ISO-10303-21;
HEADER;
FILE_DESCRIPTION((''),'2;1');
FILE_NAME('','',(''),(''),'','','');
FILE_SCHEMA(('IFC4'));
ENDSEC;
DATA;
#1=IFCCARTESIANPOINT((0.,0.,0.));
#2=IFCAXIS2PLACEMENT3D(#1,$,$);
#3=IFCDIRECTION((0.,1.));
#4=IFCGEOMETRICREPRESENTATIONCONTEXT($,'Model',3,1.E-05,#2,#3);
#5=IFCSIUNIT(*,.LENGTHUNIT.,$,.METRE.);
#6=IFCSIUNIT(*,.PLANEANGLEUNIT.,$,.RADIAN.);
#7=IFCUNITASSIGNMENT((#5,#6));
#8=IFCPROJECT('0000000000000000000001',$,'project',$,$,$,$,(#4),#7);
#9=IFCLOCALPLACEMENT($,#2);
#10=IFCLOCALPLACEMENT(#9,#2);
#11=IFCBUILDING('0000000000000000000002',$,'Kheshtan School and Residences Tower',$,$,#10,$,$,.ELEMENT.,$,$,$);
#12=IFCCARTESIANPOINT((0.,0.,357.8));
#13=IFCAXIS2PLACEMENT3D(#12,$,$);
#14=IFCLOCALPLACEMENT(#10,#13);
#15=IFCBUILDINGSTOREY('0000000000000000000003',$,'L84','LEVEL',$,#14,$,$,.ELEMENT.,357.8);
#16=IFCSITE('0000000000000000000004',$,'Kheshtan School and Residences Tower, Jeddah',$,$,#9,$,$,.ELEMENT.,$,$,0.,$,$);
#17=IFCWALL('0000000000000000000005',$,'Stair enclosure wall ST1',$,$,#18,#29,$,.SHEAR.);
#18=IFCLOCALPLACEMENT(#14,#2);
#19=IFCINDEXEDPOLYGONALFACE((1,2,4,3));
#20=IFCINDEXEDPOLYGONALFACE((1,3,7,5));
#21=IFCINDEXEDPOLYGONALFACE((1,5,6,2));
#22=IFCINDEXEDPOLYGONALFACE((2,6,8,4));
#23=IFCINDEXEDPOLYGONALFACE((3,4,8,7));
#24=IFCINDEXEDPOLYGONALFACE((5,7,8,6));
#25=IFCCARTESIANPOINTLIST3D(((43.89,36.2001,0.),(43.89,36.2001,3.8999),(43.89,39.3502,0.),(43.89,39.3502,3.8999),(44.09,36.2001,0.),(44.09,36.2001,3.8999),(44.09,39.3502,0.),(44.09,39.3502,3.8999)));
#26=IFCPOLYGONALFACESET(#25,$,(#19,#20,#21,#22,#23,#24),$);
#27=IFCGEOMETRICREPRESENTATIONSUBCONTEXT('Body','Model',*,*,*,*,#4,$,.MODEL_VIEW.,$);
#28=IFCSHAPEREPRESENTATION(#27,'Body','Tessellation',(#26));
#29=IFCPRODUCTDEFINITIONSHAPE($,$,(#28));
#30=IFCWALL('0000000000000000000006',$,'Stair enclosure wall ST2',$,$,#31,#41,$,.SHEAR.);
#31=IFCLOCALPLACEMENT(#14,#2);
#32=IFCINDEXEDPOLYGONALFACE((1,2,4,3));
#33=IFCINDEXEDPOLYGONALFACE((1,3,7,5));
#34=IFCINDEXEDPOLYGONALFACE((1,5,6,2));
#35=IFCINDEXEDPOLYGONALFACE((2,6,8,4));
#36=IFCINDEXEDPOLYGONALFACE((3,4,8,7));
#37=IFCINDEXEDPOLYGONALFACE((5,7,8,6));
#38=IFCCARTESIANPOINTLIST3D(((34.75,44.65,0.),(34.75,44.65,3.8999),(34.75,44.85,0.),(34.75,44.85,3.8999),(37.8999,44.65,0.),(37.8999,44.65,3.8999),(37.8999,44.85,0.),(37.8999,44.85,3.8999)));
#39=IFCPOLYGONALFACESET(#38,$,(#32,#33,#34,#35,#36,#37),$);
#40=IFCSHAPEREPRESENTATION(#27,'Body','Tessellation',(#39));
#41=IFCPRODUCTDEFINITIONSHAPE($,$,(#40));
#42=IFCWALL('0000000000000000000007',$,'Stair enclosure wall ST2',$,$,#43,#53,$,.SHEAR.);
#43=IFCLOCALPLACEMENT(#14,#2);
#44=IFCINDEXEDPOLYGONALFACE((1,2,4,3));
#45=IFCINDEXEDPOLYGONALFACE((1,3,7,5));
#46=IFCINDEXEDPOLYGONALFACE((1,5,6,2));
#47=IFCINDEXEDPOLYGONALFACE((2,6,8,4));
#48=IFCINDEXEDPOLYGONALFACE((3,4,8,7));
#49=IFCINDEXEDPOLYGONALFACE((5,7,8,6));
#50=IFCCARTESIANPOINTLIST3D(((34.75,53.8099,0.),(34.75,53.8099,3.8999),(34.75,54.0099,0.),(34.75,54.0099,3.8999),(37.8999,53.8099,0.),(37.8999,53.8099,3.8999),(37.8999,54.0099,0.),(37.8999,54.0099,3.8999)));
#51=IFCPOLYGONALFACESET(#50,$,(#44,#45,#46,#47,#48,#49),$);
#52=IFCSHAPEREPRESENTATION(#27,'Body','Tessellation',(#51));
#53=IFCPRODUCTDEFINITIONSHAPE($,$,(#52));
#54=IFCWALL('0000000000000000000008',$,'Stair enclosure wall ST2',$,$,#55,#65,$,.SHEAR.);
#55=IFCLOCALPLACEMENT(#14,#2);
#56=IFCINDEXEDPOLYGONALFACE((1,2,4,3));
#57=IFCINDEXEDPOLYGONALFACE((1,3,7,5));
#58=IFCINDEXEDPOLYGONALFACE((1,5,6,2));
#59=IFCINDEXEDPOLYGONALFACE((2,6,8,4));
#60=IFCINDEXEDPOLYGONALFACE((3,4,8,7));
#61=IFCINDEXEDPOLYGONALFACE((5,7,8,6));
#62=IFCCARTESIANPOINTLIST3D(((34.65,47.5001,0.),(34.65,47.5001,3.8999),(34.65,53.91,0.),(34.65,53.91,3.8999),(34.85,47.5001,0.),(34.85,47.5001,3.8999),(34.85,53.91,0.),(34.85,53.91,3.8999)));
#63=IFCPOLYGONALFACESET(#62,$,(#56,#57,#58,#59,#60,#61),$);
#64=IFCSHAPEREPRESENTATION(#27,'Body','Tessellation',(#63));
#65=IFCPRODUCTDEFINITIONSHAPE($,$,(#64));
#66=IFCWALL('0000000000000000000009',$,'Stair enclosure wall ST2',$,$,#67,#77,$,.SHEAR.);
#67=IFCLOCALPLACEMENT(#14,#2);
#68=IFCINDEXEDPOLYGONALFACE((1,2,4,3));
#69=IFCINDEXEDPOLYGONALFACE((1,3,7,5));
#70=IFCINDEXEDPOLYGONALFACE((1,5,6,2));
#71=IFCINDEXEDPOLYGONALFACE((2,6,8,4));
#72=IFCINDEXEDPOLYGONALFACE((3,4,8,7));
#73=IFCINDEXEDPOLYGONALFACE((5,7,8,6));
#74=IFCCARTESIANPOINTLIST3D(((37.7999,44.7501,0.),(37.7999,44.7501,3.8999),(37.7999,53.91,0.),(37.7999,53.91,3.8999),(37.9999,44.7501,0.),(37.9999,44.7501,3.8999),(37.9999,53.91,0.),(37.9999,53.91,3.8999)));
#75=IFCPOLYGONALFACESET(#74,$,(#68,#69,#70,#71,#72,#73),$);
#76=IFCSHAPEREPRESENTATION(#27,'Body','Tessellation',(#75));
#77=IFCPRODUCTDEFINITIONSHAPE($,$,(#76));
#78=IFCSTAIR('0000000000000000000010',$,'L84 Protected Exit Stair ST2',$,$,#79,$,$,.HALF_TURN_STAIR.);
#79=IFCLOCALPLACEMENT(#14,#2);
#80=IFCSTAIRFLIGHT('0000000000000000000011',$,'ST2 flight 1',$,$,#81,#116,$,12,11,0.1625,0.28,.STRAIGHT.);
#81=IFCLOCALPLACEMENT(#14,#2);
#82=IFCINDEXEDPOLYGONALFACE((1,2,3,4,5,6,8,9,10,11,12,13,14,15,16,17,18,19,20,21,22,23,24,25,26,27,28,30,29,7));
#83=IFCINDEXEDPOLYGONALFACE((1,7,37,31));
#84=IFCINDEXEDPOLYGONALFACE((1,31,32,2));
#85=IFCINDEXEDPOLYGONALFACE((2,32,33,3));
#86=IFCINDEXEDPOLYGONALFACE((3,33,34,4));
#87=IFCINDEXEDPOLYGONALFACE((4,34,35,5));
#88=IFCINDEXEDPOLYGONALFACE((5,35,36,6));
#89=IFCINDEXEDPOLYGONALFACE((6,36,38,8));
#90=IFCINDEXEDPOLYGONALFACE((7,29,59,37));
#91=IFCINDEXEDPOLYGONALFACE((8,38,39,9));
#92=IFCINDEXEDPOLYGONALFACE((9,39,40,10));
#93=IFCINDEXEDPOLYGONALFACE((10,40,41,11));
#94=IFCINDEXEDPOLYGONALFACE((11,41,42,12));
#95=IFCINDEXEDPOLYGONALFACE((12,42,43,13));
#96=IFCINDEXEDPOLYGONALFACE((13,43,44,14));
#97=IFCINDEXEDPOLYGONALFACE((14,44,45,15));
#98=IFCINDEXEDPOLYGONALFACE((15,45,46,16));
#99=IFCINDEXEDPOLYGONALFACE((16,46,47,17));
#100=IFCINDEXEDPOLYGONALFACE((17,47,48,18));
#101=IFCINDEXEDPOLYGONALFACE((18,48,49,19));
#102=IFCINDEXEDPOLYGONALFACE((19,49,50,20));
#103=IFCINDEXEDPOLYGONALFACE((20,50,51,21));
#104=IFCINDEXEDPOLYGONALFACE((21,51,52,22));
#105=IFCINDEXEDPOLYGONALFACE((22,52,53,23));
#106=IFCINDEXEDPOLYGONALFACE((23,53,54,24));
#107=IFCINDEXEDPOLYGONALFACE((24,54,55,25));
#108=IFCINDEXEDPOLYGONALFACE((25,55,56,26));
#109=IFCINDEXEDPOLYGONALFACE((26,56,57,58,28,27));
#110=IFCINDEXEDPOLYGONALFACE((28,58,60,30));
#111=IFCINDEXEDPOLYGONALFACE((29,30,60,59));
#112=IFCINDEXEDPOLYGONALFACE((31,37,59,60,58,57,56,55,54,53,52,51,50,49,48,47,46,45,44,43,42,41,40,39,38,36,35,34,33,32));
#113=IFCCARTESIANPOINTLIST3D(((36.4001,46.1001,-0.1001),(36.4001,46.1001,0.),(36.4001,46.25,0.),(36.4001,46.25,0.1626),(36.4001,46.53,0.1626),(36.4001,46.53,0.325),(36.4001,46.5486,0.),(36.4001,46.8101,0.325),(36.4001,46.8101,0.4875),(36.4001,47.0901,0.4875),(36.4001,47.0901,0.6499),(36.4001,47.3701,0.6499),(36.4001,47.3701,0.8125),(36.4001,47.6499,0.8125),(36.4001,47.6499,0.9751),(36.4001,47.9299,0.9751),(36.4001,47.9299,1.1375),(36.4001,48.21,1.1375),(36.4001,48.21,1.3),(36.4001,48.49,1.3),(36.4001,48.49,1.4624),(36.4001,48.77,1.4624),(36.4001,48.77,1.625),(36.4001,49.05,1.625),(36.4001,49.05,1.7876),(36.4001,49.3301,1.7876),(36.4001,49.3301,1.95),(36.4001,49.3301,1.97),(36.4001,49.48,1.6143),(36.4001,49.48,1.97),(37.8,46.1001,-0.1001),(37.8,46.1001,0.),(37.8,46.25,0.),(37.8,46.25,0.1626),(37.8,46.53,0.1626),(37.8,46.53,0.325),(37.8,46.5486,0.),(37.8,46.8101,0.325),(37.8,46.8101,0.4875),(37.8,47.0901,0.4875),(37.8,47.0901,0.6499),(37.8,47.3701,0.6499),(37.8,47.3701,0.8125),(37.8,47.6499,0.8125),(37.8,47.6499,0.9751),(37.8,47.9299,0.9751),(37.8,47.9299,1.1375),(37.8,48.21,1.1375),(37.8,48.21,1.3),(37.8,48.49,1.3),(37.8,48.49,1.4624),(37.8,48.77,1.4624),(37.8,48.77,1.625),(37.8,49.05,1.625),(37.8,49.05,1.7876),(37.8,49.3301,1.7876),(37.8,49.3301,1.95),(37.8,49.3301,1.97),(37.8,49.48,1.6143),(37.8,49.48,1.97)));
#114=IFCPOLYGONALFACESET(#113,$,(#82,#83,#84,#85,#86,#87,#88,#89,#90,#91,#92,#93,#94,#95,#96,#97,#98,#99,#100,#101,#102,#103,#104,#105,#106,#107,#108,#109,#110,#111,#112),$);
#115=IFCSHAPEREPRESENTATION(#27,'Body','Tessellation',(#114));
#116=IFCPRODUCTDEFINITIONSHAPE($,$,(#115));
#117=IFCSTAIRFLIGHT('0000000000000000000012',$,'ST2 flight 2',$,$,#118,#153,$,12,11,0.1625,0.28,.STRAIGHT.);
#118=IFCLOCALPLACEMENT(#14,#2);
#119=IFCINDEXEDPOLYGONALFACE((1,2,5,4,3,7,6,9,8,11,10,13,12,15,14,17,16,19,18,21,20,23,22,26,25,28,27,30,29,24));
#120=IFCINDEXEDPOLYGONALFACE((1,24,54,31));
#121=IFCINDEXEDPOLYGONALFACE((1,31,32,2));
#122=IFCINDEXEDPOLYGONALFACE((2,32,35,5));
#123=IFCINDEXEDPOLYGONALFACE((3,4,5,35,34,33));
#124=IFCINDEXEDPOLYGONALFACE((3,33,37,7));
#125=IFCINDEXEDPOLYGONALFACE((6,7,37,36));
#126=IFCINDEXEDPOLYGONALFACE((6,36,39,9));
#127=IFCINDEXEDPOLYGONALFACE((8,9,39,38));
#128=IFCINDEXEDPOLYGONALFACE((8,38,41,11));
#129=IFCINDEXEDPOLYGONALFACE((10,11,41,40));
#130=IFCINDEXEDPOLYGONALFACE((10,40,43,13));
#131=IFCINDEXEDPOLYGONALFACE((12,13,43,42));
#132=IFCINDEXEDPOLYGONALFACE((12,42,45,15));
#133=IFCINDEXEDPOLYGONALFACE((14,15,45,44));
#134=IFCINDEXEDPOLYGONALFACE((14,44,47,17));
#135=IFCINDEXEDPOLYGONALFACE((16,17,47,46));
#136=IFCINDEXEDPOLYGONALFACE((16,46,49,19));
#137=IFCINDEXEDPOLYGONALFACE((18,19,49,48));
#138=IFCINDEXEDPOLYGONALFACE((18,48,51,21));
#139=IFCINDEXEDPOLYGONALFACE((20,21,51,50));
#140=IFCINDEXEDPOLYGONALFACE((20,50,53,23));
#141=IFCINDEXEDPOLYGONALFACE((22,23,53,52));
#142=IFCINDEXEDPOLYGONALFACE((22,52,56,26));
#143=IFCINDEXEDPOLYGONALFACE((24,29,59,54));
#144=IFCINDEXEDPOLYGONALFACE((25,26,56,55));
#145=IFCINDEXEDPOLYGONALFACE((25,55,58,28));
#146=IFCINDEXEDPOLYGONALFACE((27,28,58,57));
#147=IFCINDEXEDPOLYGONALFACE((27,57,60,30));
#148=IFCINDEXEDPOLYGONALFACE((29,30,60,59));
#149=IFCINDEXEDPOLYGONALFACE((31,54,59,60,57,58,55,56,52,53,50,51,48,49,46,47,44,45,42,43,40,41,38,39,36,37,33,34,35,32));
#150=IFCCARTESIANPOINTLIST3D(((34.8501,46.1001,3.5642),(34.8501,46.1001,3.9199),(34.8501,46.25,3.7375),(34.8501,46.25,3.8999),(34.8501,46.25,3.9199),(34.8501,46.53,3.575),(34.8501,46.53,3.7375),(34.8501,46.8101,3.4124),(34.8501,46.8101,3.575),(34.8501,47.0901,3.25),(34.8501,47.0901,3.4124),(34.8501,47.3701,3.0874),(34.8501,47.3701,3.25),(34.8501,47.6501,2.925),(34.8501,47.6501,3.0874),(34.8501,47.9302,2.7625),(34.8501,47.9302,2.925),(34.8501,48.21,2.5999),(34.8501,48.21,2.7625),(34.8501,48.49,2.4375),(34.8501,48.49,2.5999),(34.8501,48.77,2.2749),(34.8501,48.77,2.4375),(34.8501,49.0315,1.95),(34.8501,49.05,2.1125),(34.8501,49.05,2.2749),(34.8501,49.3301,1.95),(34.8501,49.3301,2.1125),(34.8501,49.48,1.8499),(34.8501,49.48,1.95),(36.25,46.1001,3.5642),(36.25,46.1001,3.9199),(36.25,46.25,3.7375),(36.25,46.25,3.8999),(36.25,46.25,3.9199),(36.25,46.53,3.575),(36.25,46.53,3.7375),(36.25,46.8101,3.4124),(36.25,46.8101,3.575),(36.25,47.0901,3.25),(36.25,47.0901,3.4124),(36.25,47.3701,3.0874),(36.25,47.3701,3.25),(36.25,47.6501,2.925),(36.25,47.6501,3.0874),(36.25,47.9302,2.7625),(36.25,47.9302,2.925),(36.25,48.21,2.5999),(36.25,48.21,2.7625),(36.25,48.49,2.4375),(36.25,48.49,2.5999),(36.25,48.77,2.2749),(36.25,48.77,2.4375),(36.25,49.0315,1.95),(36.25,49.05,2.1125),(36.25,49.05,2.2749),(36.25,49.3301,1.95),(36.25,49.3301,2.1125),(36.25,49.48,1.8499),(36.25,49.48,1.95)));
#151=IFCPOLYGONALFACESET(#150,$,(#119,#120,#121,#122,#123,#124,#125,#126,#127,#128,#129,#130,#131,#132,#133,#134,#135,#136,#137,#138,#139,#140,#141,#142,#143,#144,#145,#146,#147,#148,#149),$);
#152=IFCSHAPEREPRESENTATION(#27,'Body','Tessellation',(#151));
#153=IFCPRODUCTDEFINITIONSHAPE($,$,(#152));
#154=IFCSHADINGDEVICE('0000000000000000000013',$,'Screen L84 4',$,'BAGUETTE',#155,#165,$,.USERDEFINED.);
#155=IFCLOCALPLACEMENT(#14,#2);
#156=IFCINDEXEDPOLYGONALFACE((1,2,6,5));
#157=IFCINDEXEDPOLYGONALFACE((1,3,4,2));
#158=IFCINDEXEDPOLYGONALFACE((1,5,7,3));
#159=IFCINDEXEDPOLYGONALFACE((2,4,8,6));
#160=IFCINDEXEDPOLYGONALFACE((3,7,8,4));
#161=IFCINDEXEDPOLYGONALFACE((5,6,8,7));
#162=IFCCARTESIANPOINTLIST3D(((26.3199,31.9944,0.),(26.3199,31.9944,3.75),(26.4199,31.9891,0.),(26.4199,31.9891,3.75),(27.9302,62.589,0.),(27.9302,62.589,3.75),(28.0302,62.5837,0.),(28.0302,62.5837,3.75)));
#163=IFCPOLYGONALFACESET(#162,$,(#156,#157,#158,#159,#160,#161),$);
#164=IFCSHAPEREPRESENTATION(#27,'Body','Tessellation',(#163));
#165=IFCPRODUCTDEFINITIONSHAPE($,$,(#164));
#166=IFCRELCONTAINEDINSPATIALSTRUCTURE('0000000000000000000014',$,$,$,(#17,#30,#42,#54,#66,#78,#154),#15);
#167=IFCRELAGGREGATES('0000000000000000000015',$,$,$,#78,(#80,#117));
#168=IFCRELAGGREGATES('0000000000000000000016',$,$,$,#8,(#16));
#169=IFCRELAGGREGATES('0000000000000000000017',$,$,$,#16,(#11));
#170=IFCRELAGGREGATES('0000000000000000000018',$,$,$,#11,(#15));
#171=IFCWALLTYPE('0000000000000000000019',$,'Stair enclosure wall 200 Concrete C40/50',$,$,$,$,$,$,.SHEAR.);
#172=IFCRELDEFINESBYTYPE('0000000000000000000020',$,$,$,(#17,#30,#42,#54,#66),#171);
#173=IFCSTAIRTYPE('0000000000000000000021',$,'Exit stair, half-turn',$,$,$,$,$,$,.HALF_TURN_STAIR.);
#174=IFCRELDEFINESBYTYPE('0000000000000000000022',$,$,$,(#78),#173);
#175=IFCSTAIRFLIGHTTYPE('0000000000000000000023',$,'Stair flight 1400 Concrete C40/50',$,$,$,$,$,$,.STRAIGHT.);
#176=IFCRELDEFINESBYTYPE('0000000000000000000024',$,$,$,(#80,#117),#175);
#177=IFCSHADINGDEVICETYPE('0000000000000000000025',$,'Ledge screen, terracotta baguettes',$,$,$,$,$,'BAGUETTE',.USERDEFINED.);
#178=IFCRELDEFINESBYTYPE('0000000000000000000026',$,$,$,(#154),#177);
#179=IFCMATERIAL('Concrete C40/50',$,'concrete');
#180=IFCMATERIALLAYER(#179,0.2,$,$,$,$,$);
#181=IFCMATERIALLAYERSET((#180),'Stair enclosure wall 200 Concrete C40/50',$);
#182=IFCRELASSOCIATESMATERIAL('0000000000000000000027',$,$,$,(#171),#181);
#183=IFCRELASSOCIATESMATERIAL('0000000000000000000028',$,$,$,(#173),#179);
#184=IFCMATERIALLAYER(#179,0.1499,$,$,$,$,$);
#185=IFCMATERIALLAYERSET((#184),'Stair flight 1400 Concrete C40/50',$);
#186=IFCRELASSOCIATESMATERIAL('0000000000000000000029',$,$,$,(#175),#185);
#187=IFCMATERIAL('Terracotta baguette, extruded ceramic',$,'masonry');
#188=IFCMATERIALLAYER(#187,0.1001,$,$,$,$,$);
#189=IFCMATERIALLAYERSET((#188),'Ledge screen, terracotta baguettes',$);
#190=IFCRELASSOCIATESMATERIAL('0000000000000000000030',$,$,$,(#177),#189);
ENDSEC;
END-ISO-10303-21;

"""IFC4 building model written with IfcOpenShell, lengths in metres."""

from ifc_helpers import new_model, si_unit, direction, frame, frame_2d, origin, origin_2d, place, context, subcontext, project, spatial, polyline, rectangle, outline, extrude, material, layer, layer_set, type_object, element, aggregate, save


model = new_model("IFC4")

# Units and contexts
model_context = context("Model", 3, precision=1e-05, world=origin(), true_north=direction((0.0, 1.0)))
body_context = subcontext(model_context, "Body", "Model", "MODEL_VIEW")
ifc_project = project(units=[si_unit("LENGTHUNIT", "METRE"), si_unit("PLANEANGLEUNIT", "RADIAN")], contexts=[model_context])

# Site, building, storey
site_placement = place(None, origin())
site = spatial("IfcSite", under=ifc_project, at=site_placement, Name="Kheshtan School and Residences Tower, Jeddah", CompositionType="ELEMENT", RefElevation=0.0)
building_placement = place(site_placement, origin())
building = spatial("IfcBuilding", under=site, at=building_placement, Name="Kheshtan School and Residences Tower", CompositionType="ELEMENT")
storey_placement = place(building_placement, frame((0.0, 0.0, 357.8)))
storey = spatial("IfcBuildingStorey", under=building, at=storey_placement, Name="L84", Description="LEVEL", CompositionType="ELEMENT", Elevation=357.8)

# Walls
ifc_material_1 = material(Name="Concrete C40/50", Category="concrete")
ifc_layer_1 = layer(ifc_material_1, 0.2)
ifc_layer_set_1 = layer_set([ifc_layer_1], Name="Stair enclosure wall 200 Concrete C40/50")
wall_type_1 = type_object("IfcWallType", Name="Stair enclosure wall 200 Concrete C40/50", PredefinedType="SHEAR", material=ifc_layer_set_1)
wall_1_placement = place(storey_placement, frame((43.99, 36.2, 0.0), z_axis=(0.0, 0.0, 1.0), x_axis=(0.0, 1.0, 0.0)))
element("IfcWall", 1, at=wall_1_placement, inside=storey, type_object=wall_type_1, Name="Stair enclosure wall ST1", PredefinedType="SHEAR", context=body_context, shape_type="SweptSolid", body=[
    extrude(rectangle(XDim=3.1501, YDim=0.2, at=frame_2d((1.5752, 0.0))), origin(), (0.0, 0.0, 1.0), 3.8999),
])
for number, where, z_axis, x_axis, name in (
    (2, (34.75, 44.75, 0.0), (0.0, 0.0, 1.0), (1.0, 0.0, 0.0), "Stair enclosure wall ST2"),
    (3, (34.75, 53.9099, 0.0), (0.0, 0.0, 1.0), (1.0, 0.0, 0.0), "Stair enclosure wall ST2"),
):
    element("IfcWall", number, at=place(storey_placement, frame(where, z_axis=z_axis, x_axis=x_axis)), inside=storey, type_object=wall_type_1, Name=name, PredefinedType="SHEAR", context=body_context, shape_type="SweptSolid", body=[
        extrude(rectangle(XDim=3.1499, YDim=0.2, at=frame_2d((1.575, 0.0))), origin(), (0.0, 0.0, 1.0), 3.8999),
    ])
wall_2_placement = place(storey_placement, frame((34.75, 47.5, 0.0), z_axis=(0.0, 0.0, 1.0), x_axis=(0.0, 1.0, 0.0)))
element("IfcWall", 4, at=wall_2_placement, inside=storey, type_object=wall_type_1, Name="Stair enclosure wall ST2", PredefinedType="SHEAR", context=body_context, shape_type="SweptSolid", body=[
    extrude(rectangle(XDim=6.4099, YDim=0.2, at=frame_2d((3.2051, 0.0))), origin(), (0.0, 0.0, 1.0), 3.8999),
])
wall_3_placement = place(storey_placement, frame((37.8999, 44.75, 0.0), z_axis=(0.0, 0.0, 1.0), x_axis=(0.0, 1.0, 0.0)))
element("IfcWall", 5, at=wall_3_placement, inside=storey, type_object=wall_type_1, Name="Stair enclosure wall ST2", PredefinedType="SHEAR", context=body_context, shape_type="SweptSolid", body=[
    extrude(rectangle(XDim=9.1599, YDim=0.2, at=frame_2d((4.5801, 0.0))), origin(), (0.0, 0.0, 1.0), 3.8999),
])

# Stair, stair flights
stair_type = type_object("IfcStairType", Name="Exit stair, half-turn", PredefinedType="HALF_TURN_STAIR", material=ifc_material_1)
stair_placement = place(storey_placement, origin())
stair = element("IfcStair", 6, at=stair_placement, inside=storey, type_object=stair_type, Name="L84 Protected Exit Stair ST2", PredefinedType="HALF_TURN_STAIR")
ifc_layer_2 = layer(ifc_material_1, 0.1499)
ifc_layer_set_2 = layer_set([ifc_layer_2], Name="Stair flight 1400 Concrete C40/50")
stair_flight_type = type_object("IfcStairFlightType", Name="Stair flight 1400 Concrete C40/50", PredefinedType="STRAIGHT", material=ifc_layer_set_2)
stair_flight_1_placement = place(storey_placement, frame((37.1001, 46.25, 0.0), z_axis=(0.0, 0.0, 1.0), x_axis=(0.0, 1.0, 0.0)))
stair_flight_1 = element("IfcStairFlight", 7, at=stair_flight_1_placement, type_object=stair_flight_type, Name="ST2 flight 1", NumberOfRisers=12, NumberOfTreads=11, PredefinedType="STRAIGHT", RiserHeight=0.1625, TreadLength=0.28, context=body_context, shape_type="SweptSolid", body=[
    extrude(outline(polyline([(-0.1499, -0.1001), (-0.1499, 0.0), (0.0, 0.0), (0.0, 0.1626), (0.28, 0.1626), (0.28, 0.325), (0.5601, 0.325), (0.5601, 0.4875), (0.8401, 0.4875), (0.8401, 0.6499), (1.1201, 0.6499), (1.1201, 0.8125), (1.3999, 0.8125), (1.3999, 0.9751), (1.6799, 0.9751), (1.6799, 1.1375), (1.96, 1.1375), (1.96, 1.3), (2.24, 1.3), (2.24, 1.4624), (2.52, 1.4624), (2.52, 1.625), (2.8, 1.625), (2.8, 1.7876), (3.0801, 1.7876), (3.0801, 1.95), (3.0801, 1.97), (3.23, 1.97), (3.23, 1.6143), (0.2986, 0.0), (-0.1499, -0.1001)])), frame((0.0, 0.7, 0.0), z_axis=(0.0, -1.0, 0.0), x_axis=(1.0, 0.0, 0.0)), (0.0, 0.0, 1.0), 1.3999),
])
stair_flight_2_placement = place(storey_placement, frame((35.55, 49.3301, 1.95), z_axis=(0.0, 0.0, 1.0), x_axis=(0.0, -1.0, 0.0)))
stair_flight_2 = element("IfcStairFlight", 8, at=stair_flight_2_placement, type_object=stair_flight_type, Name="ST2 flight 2", NumberOfRisers=12, NumberOfTreads=11, PredefinedType="STRAIGHT", RiserHeight=0.1625, TreadLength=0.28, context=body_context, shape_type="SweptSolid", body=[
    extrude(outline(polyline([(-0.1499, -0.1001), (-0.1499, 0.0), (0.0, 0.0), (0.0, 0.1626), (0.28, 0.1626), (0.28, 0.325), (0.5601, 0.325), (0.5601, 0.4875), (0.8401, 0.4875), (0.8401, 0.6499), (1.1201, 0.6499), (1.1201, 0.8125), (1.3999, 0.8125), (1.3999, 0.9751), (1.6799, 0.9751), (1.6799, 1.1375), (1.96, 1.1375), (1.96, 1.3), (2.24, 1.3), (2.24, 1.4624), (2.52, 1.4624), (2.52, 1.625), (2.8, 1.625), (2.8, 1.7876), (3.0801, 1.7876), (3.0801, 1.95), (3.0801, 1.97), (3.23, 1.97), (3.23, 1.6143), (0.2986, 0.0), (-0.1499, -0.1001)])), frame((0.0, 0.7, 0.0), z_axis=(0.0, -1.0, 0.0), x_axis=(1.0, 0.0, 0.0)), (0.0, 0.0, 1.0), 1.3999),
])
aggregate(stair, [stair_flight_1, stair_flight_2])

# Shading device
ifc_material_2 = material(Name="Terracotta baguette, extruded ceramic", Category="masonry")
ifc_layer_3 = layer(ifc_material_2, 0.1001)
ifc_layer_set_3 = layer_set([ifc_layer_3], Name="Ledge screen, terracotta baguettes")
shading_device_type = type_object("IfcShadingDeviceType", Name="Ledge screen, terracotta baguettes", ElementType="BAGUETTE", PredefinedType="USERDEFINED", material=ifc_layer_set_3)
shading_device_placement = place(storey_placement, frame((27.175, 47.2891, 0.0), z_axis=(0.0, 0.0, 1.0), x_axis=(0.052563, 0.998618, 0.0)))
element("IfcShadingDevice", 9, at=shading_device_placement, inside=storey, type_object=shading_device_type, Name="Screen L84 4", ObjectType="BAGUETTE", PredefinedType="USERDEFINED", context=body_context, shape_type="SweptSolid", body=[
    extrude(rectangle(XDim=30.637, YDim=0.1001, at=origin_2d()), origin(), (0.0, 0.0, 1.0), 3.75),
])

save(model, "model.ifc")
